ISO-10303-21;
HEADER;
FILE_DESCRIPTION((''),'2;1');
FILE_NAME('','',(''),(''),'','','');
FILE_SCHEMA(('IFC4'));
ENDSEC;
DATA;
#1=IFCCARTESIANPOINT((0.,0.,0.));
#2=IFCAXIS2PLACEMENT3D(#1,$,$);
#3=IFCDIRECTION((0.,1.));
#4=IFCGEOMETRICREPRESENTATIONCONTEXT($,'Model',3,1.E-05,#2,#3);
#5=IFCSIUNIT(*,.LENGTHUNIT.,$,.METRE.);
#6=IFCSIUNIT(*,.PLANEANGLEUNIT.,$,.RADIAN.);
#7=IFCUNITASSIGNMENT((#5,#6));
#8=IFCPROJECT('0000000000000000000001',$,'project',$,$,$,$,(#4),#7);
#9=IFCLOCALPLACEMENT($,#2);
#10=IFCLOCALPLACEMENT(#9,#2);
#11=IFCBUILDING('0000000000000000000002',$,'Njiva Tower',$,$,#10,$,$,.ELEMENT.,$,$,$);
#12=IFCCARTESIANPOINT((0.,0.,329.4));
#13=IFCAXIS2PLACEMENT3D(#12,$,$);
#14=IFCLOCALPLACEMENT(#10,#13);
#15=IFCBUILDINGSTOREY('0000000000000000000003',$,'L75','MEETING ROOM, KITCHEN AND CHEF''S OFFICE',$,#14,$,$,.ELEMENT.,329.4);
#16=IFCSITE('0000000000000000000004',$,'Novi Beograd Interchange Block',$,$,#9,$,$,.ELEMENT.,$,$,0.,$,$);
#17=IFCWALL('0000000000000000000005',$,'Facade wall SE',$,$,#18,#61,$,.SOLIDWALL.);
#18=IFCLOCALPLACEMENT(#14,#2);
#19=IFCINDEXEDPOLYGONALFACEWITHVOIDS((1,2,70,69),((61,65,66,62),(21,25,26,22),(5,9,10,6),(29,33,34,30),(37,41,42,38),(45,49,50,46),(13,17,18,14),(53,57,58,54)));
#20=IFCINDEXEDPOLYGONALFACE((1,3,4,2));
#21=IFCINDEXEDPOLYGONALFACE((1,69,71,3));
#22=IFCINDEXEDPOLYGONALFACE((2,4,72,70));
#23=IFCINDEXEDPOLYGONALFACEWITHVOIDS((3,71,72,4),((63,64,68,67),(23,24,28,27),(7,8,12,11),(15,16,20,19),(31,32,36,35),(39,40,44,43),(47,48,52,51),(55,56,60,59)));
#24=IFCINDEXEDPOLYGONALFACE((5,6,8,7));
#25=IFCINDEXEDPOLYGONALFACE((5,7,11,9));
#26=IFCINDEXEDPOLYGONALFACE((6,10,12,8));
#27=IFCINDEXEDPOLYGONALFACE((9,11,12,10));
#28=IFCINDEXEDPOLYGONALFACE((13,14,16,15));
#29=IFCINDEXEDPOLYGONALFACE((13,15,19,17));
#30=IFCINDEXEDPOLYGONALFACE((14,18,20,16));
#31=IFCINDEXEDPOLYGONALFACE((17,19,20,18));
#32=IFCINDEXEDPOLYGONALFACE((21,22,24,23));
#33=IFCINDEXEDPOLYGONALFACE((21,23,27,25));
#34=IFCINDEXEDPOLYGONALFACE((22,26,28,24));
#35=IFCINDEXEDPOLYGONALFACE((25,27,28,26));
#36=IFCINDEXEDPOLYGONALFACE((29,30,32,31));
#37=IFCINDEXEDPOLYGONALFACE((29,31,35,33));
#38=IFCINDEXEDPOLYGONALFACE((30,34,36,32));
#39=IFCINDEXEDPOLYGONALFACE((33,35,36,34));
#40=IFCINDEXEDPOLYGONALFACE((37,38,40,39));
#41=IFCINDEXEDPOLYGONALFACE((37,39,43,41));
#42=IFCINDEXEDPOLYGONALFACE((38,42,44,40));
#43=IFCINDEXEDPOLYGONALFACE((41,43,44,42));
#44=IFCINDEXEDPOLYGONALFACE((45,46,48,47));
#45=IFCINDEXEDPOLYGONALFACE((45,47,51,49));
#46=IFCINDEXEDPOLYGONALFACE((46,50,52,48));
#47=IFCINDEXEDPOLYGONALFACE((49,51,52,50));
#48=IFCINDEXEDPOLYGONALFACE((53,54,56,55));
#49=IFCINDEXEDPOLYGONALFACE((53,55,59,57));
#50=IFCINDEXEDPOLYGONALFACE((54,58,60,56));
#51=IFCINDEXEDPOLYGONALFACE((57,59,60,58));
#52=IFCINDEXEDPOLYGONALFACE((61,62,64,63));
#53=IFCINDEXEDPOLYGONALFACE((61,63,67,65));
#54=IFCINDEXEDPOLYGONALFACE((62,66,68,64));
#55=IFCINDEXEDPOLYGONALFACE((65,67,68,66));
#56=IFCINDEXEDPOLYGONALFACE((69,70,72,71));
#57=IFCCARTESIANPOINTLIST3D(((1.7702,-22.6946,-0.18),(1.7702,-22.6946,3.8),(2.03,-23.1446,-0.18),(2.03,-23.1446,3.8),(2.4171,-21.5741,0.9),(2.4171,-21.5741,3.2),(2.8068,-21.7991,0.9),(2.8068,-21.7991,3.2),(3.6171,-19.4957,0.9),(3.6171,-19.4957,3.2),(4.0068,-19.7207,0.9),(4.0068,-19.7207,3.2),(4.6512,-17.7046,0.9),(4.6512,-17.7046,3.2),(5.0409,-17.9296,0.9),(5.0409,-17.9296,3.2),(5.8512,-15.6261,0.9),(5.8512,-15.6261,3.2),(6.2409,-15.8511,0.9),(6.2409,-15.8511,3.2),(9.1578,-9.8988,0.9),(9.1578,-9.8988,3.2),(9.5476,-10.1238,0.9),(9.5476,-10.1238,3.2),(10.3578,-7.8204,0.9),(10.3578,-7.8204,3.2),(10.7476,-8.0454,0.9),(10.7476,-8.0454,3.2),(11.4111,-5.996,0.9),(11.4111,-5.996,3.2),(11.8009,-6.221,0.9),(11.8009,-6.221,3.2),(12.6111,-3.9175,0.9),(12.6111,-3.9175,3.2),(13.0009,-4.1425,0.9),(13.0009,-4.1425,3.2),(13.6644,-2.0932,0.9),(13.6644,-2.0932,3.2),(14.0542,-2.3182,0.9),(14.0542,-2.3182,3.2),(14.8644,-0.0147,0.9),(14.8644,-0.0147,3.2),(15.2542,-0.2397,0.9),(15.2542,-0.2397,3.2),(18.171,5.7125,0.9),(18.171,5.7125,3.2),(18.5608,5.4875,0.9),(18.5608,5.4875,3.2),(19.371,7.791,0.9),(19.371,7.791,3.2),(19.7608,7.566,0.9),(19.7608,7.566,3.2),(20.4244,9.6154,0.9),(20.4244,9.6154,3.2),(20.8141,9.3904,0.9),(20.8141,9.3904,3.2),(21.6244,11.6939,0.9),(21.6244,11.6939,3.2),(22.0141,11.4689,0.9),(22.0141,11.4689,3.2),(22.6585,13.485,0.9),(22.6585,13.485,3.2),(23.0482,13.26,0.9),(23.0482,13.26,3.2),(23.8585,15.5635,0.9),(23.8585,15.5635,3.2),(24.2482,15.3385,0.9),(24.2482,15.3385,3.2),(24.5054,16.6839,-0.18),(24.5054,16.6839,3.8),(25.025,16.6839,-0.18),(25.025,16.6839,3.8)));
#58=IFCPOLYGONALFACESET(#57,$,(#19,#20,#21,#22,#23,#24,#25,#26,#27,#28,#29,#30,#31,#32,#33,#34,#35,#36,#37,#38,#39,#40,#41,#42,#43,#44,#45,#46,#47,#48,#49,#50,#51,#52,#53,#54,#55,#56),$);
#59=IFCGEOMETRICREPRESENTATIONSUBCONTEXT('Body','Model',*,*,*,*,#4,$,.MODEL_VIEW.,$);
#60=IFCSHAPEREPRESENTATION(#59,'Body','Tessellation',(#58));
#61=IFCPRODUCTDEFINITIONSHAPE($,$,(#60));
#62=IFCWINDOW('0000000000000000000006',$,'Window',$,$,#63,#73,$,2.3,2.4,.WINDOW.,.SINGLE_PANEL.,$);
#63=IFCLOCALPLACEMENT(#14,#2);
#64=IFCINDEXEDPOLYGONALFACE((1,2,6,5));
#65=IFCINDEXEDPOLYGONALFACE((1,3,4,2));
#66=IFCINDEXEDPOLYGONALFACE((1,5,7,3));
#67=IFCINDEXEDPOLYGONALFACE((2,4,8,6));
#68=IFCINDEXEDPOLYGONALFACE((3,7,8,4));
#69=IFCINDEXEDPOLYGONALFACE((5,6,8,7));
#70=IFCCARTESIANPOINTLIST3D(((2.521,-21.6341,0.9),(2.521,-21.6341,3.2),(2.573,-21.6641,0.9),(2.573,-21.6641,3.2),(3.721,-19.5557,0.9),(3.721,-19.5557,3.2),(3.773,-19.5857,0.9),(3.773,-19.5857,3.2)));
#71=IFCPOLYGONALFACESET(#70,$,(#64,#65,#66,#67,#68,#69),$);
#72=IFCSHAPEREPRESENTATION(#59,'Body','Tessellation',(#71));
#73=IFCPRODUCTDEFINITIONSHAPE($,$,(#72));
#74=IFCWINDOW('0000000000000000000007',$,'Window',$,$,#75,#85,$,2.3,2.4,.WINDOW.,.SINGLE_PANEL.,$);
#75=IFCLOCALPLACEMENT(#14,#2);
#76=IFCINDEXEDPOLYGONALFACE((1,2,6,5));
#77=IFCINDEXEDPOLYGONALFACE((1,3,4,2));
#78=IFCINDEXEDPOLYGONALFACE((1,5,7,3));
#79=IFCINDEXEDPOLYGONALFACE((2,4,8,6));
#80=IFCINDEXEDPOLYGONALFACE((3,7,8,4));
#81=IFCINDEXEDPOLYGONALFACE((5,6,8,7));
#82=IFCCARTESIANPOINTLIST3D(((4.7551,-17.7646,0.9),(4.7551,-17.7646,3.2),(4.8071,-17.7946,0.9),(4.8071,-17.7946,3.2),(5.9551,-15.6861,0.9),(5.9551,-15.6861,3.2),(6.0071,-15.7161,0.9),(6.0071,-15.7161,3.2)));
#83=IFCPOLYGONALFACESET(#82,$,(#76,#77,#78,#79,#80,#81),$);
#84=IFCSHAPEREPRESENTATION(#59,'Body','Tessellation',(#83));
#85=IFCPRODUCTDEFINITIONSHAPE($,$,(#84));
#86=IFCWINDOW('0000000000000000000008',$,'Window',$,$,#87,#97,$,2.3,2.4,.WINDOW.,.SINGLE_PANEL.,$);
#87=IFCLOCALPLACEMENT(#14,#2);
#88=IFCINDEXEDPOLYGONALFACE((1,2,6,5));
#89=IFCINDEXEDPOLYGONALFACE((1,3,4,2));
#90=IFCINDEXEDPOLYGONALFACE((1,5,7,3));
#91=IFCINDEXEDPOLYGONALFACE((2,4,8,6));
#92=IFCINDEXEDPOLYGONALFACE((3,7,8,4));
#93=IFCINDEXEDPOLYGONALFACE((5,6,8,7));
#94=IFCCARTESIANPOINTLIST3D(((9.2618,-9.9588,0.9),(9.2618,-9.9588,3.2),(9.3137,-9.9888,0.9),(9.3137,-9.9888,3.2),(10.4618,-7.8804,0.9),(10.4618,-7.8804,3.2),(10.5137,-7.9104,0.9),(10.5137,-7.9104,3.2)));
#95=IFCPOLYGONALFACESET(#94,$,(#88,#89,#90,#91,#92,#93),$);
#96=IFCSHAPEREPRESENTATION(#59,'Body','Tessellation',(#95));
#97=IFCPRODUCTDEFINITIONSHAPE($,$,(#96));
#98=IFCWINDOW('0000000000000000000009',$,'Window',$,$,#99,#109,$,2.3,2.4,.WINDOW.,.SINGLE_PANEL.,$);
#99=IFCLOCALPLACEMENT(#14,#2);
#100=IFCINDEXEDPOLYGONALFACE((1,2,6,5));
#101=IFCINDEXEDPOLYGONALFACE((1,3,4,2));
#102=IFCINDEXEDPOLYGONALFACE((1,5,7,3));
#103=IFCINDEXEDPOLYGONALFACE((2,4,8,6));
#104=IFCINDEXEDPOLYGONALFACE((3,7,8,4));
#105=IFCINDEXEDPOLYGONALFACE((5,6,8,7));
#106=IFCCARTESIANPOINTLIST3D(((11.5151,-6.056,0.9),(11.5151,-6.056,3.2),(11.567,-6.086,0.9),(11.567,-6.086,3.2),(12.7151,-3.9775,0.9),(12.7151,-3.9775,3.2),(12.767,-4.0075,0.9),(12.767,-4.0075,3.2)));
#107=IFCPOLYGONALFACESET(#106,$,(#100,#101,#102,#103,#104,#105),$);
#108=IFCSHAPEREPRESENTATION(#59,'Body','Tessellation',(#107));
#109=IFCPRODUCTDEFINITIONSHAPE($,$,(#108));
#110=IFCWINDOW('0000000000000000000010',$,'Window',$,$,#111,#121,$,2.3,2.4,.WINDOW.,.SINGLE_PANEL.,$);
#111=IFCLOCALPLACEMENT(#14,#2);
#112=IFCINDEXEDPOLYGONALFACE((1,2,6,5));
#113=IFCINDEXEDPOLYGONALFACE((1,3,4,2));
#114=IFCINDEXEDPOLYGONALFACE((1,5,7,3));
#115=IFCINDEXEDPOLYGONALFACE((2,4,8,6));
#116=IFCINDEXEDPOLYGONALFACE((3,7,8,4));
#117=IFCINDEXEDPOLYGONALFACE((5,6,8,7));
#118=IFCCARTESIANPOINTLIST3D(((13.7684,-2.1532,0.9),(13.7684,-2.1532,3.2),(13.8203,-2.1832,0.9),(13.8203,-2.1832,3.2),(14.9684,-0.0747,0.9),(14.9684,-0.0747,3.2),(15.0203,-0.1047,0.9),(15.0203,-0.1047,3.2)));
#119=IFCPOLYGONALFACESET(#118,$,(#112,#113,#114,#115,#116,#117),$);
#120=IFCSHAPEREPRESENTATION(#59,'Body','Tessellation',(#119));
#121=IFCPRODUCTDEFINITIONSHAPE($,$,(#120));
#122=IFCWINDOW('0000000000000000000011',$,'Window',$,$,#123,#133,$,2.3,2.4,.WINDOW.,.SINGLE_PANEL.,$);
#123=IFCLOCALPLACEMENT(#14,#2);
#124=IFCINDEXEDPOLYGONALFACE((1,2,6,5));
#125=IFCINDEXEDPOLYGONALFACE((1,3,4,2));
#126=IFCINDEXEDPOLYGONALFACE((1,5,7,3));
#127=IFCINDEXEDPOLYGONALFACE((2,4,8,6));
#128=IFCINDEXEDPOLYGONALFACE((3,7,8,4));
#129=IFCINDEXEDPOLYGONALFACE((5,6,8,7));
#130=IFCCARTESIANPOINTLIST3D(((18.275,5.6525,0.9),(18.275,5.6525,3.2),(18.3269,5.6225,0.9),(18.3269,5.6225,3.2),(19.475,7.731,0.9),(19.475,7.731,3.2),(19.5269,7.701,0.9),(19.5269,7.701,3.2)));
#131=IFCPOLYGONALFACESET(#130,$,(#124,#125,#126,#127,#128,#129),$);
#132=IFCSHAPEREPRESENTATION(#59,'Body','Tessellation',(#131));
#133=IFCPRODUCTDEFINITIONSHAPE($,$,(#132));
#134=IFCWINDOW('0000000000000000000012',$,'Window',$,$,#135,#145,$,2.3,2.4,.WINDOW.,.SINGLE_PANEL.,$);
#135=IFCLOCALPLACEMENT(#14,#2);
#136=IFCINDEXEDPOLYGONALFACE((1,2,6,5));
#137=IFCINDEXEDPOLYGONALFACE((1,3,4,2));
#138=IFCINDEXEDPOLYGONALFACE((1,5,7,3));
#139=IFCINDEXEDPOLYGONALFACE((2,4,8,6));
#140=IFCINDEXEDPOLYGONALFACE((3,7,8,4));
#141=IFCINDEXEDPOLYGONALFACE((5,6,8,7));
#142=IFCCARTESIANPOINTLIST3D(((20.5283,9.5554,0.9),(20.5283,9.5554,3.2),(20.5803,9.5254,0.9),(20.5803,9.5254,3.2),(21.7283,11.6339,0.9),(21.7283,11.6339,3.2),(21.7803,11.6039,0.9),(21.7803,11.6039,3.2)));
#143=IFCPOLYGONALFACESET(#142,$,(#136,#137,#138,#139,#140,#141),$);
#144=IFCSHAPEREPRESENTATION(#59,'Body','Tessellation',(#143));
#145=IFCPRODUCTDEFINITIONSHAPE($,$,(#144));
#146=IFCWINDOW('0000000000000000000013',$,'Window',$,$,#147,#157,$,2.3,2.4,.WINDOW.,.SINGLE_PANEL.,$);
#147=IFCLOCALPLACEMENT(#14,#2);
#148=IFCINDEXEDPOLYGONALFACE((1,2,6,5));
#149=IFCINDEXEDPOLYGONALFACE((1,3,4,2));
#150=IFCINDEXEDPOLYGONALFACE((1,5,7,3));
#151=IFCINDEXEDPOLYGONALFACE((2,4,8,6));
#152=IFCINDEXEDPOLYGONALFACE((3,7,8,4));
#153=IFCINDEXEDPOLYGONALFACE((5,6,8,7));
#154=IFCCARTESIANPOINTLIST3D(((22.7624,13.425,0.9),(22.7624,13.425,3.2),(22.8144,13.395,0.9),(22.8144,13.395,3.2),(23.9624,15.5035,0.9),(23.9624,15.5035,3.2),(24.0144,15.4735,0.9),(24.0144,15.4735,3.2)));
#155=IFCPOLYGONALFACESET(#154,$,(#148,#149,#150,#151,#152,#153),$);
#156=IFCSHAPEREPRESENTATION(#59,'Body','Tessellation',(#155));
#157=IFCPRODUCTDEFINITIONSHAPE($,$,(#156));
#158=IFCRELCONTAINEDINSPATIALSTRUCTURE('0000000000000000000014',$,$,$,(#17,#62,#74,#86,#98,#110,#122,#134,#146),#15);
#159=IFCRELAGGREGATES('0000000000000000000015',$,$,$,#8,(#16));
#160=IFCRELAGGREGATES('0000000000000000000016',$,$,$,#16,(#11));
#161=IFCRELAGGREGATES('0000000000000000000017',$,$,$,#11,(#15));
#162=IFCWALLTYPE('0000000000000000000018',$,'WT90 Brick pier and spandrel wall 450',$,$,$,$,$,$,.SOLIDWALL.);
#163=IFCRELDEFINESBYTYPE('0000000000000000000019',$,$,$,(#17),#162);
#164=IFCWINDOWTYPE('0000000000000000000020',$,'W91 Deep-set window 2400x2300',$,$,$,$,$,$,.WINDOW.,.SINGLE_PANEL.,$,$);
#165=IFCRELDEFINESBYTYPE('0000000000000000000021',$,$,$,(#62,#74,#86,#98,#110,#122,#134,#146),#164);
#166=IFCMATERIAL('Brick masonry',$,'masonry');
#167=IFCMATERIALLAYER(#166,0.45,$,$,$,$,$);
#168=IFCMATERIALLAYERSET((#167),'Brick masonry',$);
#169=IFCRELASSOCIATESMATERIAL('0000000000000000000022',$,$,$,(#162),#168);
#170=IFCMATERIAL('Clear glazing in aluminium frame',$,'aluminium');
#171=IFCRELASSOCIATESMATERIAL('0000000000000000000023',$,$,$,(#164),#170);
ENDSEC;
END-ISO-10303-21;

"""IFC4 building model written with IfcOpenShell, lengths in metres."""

from ifc_helpers import new_model, si_unit, direction, frame, frame_2d, origin, place, context, subcontext, project, spatial, polyline, rectangle, outline, extrude, material, layer, layer_set, type_object, element, fill, save


model = new_model("IFC4")

# Units and contexts
model_context = context("Model", 3, precision=1e-05, world=origin(), true_north=direction((0.0, 1.0)))
body_context = subcontext(model_context, "Body", "Model", "MODEL_VIEW")
ifc_project = project(units=[si_unit("LENGTHUNIT", "METRE"), si_unit("PLANEANGLEUNIT", "RADIAN")], contexts=[model_context])

# Site, building, storey
site_placement = place(None, origin())
site = spatial("IfcSite", under=ifc_project, at=site_placement, Name="Novi Beograd Interchange Block", CompositionType="ELEMENT", RefElevation=0.0)
building_placement = place(site_placement, origin())
building = spatial("IfcBuilding", under=site, at=building_placement, Name="Njiva Tower", CompositionType="ELEMENT")
storey_placement = place(building_placement, frame((0.0, 0.0, 329.4)))
storey = spatial("IfcBuildingStorey", under=building, at=storey_placement, Name="L75", Description="MEETING ROOM, KITCHEN AND CHEF'S OFFICE", CompositionType="ELEMENT", Elevation=329.4)

# Wall, openings, windows
ifc_material_1 = material(Name="Brick masonry", Category="masonry")
ifc_layer_1 = layer(ifc_material_1, 0.45)
ifc_layer_set_1 = layer_set([ifc_layer_1], Name="Brick masonry")
wall_type_1 = type_object("IfcWallType", Name="WT90 Brick pier and spandrel wall 450", PredefinedType="SOLIDWALL", material=ifc_layer_set_1)
wall_1_placement = place(storey_placement, frame((1.9001, -22.9196, -0.18), z_axis=(0.0, 0.0, 1.0), x_axis=(0.5, 0.866025, 0.0)))
wall_1 = element("IfcWall", 1, at=wall_1_placement, inside=storey, type_object=wall_type_1, Name="Facade wall SE", PredefinedType="SOLIDWALL", context=body_context, shape_type="SweptSolid", body=[
    extrude(outline(polyline([(-0.1299, -0.225), (45.8601, -0.225), (45.6003, 0.225), (0.1299, 0.225), (-0.1299, -0.225)])), origin(), (0.0, 0.0, 1.0), 3.98),
])
opening_1_placement = place(wall_1_placement, frame((1.4237, 0.0, 1.08)))
opening_1 = element("IfcOpeningElement", 2, at=opening_1_placement, cuts=wall_1, PredefinedType="OPENING", context=body_context, shape_type="SweptSolid", body=[
    extrude(rectangle(XDim=2.4, YDim=2.3, at=frame_2d((1.2, 1.15))), frame((0.0, 0.235, 0.0), z_axis=(0.0, -1.0, 0.0), x_axis=(1.0, 0.0, 0.0)), (0.0, 0.0, 1.0), 0.47),
])
opening_2_placement = place(wall_1_placement, frame((5.8919, 0.0, 1.08)))
opening_2 = element("IfcOpeningElement", 3, at=opening_2_placement, cuts=wall_1, PredefinedType="OPENING", context=body_context, shape_type="SweptSolid", body=[
    extrude(rectangle(XDim=2.4, YDim=2.3, at=frame_2d((1.2, 1.15))), frame((0.0, 0.235, 0.0), z_axis=(0.0, -1.0, 0.0), x_axis=(1.0, 0.0, 0.0)), (0.0, 0.0, 1.0), 0.47),
])
opening_3_placement = place(wall_1_placement, frame((14.9052, 0.0, 1.08)))
opening_3 = element("IfcOpeningElement", 4, at=opening_3_placement, cuts=wall_1, PredefinedType="OPENING", context=body_context, shape_type="SweptSolid", body=[
    extrude(rectangle(XDim=2.4, YDim=2.3, at=frame_2d((1.2, 1.15))), frame((0.0, 0.235, 0.0), z_axis=(0.0, -1.0, 0.0), x_axis=(1.0, 0.0, 0.0)), (0.0, 0.0, 1.0), 0.47),
])
opening_4_placement = place(wall_1_placement, frame((19.4118, 0.0, 1.08)))
opening_4 = element("IfcOpeningElement", 5, at=opening_4_placement, cuts=wall_1, PredefinedType="OPENING", context=body_context, shape_type="SweptSolid", body=[
    extrude(rectangle(XDim=2.4, YDim=2.3, at=frame_2d((1.2, 1.15))), frame((0.0, 0.235, 0.0), z_axis=(0.0, -1.0, 0.0), x_axis=(1.0, 0.0, 0.0)), (0.0, 0.0, 1.0), 0.47),
])
opening_5_placement = place(wall_1_placement, frame((23.9184, 0.0, 1.08)))
opening_5 = element("IfcOpeningElement", 6, at=opening_5_placement, cuts=wall_1, PredefinedType="OPENING", context=body_context, shape_type="SweptSolid", body=[
    extrude(rectangle(XDim=2.4, YDim=2.3, at=frame_2d((1.2, 1.15))), frame((0.0, 0.235, 0.0), z_axis=(0.0, -1.0, 0.0), x_axis=(1.0, 0.0, 0.0)), (0.0, 0.0, 1.0), 0.47),
])
opening_6_placement = place(wall_1_placement, frame((32.9316, 0.0, 1.08)))
opening_6 = element("IfcOpeningElement", 7, at=opening_6_placement, cuts=wall_1, PredefinedType="OPENING", context=body_context, shape_type="SweptSolid", body=[
    extrude(rectangle(XDim=2.4, YDim=2.3, at=frame_2d((1.2, 1.15))), frame((0.0, 0.235, 0.0), z_axis=(0.0, -1.0, 0.0), x_axis=(1.0, 0.0, 0.0)), (0.0, 0.0, 1.0), 0.47),
])
opening_7_placement = place(wall_1_placement, frame((37.4383, 0.0, 1.08)))
opening_7 = element("IfcOpeningElement", 8, at=opening_7_placement, cuts=wall_1, PredefinedType="OPENING", context=body_context, shape_type="SweptSolid", body=[
    extrude(rectangle(XDim=2.4, YDim=2.3, at=frame_2d((1.2, 1.15))), frame((0.0, 0.235, 0.0), z_axis=(0.0, -1.0, 0.0), x_axis=(1.0, 0.0, 0.0)), (0.0, 0.0, 1.0), 0.47),
])
opening_8_placement = place(wall_1_placement, frame((41.9065, 0.0, 1.08)))
opening_8 = element("IfcOpeningElement", 9, at=opening_8_placement, cuts=wall_1, PredefinedType="OPENING", context=body_context, shape_type="SweptSolid", body=[
    extrude(rectangle(XDim=2.4, YDim=2.3, at=frame_2d((1.2, 1.15))), frame((0.0, 0.235, 0.0), z_axis=(0.0, -1.0, 0.0), x_axis=(1.0, 0.0, 0.0)), (0.0, 0.0, 1.0), 0.47),
])
ifc_material_2 = material(Name="Clear glazing in aluminium frame", Category="aluminium")
window_type = type_object("IfcWindowType", Name="W91 Deep-set window 2400x2300", PartitioningType="SINGLE_PANEL", PredefinedType="WINDOW", material=ifc_material_2)
window_1_placement = place(opening_1_placement, origin())
window_1 = element("IfcWindow", 10, at=window_1_placement, inside=storey, type_object=window_type, Name="Window", OverallHeight=2.3, OverallWidth=2.4, PartitioningType="SINGLE_PANEL", PredefinedType="WINDOW", context=body_context, shape_type="SweptSolid", body=[
    extrude(rectangle(XDim=2.4, YDim=2.3, at=frame_2d((1.2, 1.15))), frame((0.0, 0.105, 0.0), z_axis=(0.0, -1.0, 0.0), x_axis=(1.0, 0.0, 0.0)), (0.0, 0.0, 1.0), 0.06),
])
fill(opening_1, window_1)
window_2_placement = place(opening_2_placement, origin())
window_2 = element("IfcWindow", 11, at=window_2_placement, inside=storey, type_object=window_type, Name="Window", OverallHeight=2.3, OverallWidth=2.4, PartitioningType="SINGLE_PANEL", PredefinedType="WINDOW", context=body_context, shape_type="SweptSolid", body=[
    extrude(rectangle(XDim=2.4, YDim=2.3, at=frame_2d((1.2, 1.15))), frame((0.0, 0.105, 0.0), z_axis=(0.0, -1.0, 0.0), x_axis=(1.0, 0.0, 0.0)), (0.0, 0.0, 1.0), 0.06),
])
fill(opening_2, window_2)
window_3_placement = place(opening_3_placement, origin())
window_3 = element("IfcWindow", 12, at=window_3_placement, inside=storey, type_object=window_type, Name="Window", OverallHeight=2.3, OverallWidth=2.4, PartitioningType="SINGLE_PANEL", PredefinedType="WINDOW", context=body_context, shape_type="SweptSolid", body=[
    extrude(rectangle(XDim=2.4, YDim=2.3, at=frame_2d((1.2, 1.15))), frame((0.0, 0.105, 0.0), z_axis=(0.0, -1.0, 0.0), x_axis=(1.0, 0.0, 0.0)), (0.0, 0.0, 1.0), 0.06),
])
fill(opening_3, window_3)
window_4_placement = place(opening_4_placement, origin())
window_4 = element("IfcWindow", 13, at=window_4_placement, inside=storey, type_object=window_type, Name="Window", OverallHeight=2.3, OverallWidth=2.4, PartitioningType="SINGLE_PANEL", PredefinedType="WINDOW", context=body_context, shape_type="SweptSolid", body=[
    extrude(rectangle(XDim=2.4, YDim=2.3, at=frame_2d((1.2, 1.15))), frame((0.0, 0.105, 0.0), z_axis=(0.0, -1.0, 0.0), x_axis=(1.0, 0.0, 0.0)), (0.0, 0.0, 1.0), 0.06),
])
fill(opening_4, window_4)
window_5_placement = place(opening_5_placement, origin())
window_5 = element("IfcWindow", 14, at=window_5_placement, inside=storey, type_object=window_type, Name="Window", OverallHeight=2.3, OverallWidth=2.4, PartitioningType="SINGLE_PANEL", PredefinedType="WINDOW", context=body_context, shape_type="SweptSolid", body=[
    extrude(rectangle(XDim=2.4, YDim=2.3, at=frame_2d((1.2, 1.15))), frame((0.0, 0.105, 0.0), z_axis=(0.0, -1.0, 0.0), x_axis=(1.0, 0.0, 0.0)), (0.0, 0.0, 1.0), 0.06),
])
fill(opening_5, window_5)
window_6_placement = place(opening_6_placement, origin())
window_6 = element("IfcWindow", 15, at=window_6_placement, inside=storey, type_object=window_type, Name="Window", OverallHeight=2.3, OverallWidth=2.4, PartitioningType="SINGLE_PANEL", PredefinedType="WINDOW", context=body_context, shape_type="SweptSolid", body=[
    extrude(rectangle(XDim=2.4, YDim=2.3, at=frame_2d((1.2, 1.15))), frame((0.0, 0.105, 0.0), z_axis=(0.0, -1.0, 0.0), x_axis=(1.0, 0.0, 0.0)), (0.0, 0.0, 1.0), 0.06),
])
fill(opening_6, window_6)
window_7_placement = place(opening_7_placement, origin())
window_7 = element("IfcWindow", 16, at=window_7_placement, inside=storey, type_object=window_type, Name="Window", OverallHeight=2.3, OverallWidth=2.4, PartitioningType="SINGLE_PANEL", PredefinedType="WINDOW", context=body_context, shape_type="SweptSolid", body=[
    extrude(rectangle(XDim=2.4, YDim=2.3, at=frame_2d((1.2, 1.15))), frame((0.0, 0.105, 0.0), z_axis=(0.0, -1.0, 0.0), x_axis=(1.0, 0.0, 0.0)), (0.0, 0.0, 1.0), 0.06),
])
fill(opening_7, window_7)
window_8_placement = place(opening_8_placement, origin())
window_8 = element("IfcWindow", 17, at=window_8_placement, inside=storey, type_object=window_type, Name="Window", OverallHeight=2.3, OverallWidth=2.4, PartitioningType="SINGLE_PANEL", PredefinedType="WINDOW", context=body_context, shape_type="SweptSolid", body=[
    extrude(rectangle(XDim=2.4, YDim=2.3, at=frame_2d((1.2, 1.15))), frame((0.0, 0.105, 0.0), z_axis=(0.0, -1.0, 0.0), x_axis=(1.0, 0.0, 0.0)), (0.0, 0.0, 1.0), 0.06),
])
fill(opening_8, window_8)

save(model, "model.ifc")
